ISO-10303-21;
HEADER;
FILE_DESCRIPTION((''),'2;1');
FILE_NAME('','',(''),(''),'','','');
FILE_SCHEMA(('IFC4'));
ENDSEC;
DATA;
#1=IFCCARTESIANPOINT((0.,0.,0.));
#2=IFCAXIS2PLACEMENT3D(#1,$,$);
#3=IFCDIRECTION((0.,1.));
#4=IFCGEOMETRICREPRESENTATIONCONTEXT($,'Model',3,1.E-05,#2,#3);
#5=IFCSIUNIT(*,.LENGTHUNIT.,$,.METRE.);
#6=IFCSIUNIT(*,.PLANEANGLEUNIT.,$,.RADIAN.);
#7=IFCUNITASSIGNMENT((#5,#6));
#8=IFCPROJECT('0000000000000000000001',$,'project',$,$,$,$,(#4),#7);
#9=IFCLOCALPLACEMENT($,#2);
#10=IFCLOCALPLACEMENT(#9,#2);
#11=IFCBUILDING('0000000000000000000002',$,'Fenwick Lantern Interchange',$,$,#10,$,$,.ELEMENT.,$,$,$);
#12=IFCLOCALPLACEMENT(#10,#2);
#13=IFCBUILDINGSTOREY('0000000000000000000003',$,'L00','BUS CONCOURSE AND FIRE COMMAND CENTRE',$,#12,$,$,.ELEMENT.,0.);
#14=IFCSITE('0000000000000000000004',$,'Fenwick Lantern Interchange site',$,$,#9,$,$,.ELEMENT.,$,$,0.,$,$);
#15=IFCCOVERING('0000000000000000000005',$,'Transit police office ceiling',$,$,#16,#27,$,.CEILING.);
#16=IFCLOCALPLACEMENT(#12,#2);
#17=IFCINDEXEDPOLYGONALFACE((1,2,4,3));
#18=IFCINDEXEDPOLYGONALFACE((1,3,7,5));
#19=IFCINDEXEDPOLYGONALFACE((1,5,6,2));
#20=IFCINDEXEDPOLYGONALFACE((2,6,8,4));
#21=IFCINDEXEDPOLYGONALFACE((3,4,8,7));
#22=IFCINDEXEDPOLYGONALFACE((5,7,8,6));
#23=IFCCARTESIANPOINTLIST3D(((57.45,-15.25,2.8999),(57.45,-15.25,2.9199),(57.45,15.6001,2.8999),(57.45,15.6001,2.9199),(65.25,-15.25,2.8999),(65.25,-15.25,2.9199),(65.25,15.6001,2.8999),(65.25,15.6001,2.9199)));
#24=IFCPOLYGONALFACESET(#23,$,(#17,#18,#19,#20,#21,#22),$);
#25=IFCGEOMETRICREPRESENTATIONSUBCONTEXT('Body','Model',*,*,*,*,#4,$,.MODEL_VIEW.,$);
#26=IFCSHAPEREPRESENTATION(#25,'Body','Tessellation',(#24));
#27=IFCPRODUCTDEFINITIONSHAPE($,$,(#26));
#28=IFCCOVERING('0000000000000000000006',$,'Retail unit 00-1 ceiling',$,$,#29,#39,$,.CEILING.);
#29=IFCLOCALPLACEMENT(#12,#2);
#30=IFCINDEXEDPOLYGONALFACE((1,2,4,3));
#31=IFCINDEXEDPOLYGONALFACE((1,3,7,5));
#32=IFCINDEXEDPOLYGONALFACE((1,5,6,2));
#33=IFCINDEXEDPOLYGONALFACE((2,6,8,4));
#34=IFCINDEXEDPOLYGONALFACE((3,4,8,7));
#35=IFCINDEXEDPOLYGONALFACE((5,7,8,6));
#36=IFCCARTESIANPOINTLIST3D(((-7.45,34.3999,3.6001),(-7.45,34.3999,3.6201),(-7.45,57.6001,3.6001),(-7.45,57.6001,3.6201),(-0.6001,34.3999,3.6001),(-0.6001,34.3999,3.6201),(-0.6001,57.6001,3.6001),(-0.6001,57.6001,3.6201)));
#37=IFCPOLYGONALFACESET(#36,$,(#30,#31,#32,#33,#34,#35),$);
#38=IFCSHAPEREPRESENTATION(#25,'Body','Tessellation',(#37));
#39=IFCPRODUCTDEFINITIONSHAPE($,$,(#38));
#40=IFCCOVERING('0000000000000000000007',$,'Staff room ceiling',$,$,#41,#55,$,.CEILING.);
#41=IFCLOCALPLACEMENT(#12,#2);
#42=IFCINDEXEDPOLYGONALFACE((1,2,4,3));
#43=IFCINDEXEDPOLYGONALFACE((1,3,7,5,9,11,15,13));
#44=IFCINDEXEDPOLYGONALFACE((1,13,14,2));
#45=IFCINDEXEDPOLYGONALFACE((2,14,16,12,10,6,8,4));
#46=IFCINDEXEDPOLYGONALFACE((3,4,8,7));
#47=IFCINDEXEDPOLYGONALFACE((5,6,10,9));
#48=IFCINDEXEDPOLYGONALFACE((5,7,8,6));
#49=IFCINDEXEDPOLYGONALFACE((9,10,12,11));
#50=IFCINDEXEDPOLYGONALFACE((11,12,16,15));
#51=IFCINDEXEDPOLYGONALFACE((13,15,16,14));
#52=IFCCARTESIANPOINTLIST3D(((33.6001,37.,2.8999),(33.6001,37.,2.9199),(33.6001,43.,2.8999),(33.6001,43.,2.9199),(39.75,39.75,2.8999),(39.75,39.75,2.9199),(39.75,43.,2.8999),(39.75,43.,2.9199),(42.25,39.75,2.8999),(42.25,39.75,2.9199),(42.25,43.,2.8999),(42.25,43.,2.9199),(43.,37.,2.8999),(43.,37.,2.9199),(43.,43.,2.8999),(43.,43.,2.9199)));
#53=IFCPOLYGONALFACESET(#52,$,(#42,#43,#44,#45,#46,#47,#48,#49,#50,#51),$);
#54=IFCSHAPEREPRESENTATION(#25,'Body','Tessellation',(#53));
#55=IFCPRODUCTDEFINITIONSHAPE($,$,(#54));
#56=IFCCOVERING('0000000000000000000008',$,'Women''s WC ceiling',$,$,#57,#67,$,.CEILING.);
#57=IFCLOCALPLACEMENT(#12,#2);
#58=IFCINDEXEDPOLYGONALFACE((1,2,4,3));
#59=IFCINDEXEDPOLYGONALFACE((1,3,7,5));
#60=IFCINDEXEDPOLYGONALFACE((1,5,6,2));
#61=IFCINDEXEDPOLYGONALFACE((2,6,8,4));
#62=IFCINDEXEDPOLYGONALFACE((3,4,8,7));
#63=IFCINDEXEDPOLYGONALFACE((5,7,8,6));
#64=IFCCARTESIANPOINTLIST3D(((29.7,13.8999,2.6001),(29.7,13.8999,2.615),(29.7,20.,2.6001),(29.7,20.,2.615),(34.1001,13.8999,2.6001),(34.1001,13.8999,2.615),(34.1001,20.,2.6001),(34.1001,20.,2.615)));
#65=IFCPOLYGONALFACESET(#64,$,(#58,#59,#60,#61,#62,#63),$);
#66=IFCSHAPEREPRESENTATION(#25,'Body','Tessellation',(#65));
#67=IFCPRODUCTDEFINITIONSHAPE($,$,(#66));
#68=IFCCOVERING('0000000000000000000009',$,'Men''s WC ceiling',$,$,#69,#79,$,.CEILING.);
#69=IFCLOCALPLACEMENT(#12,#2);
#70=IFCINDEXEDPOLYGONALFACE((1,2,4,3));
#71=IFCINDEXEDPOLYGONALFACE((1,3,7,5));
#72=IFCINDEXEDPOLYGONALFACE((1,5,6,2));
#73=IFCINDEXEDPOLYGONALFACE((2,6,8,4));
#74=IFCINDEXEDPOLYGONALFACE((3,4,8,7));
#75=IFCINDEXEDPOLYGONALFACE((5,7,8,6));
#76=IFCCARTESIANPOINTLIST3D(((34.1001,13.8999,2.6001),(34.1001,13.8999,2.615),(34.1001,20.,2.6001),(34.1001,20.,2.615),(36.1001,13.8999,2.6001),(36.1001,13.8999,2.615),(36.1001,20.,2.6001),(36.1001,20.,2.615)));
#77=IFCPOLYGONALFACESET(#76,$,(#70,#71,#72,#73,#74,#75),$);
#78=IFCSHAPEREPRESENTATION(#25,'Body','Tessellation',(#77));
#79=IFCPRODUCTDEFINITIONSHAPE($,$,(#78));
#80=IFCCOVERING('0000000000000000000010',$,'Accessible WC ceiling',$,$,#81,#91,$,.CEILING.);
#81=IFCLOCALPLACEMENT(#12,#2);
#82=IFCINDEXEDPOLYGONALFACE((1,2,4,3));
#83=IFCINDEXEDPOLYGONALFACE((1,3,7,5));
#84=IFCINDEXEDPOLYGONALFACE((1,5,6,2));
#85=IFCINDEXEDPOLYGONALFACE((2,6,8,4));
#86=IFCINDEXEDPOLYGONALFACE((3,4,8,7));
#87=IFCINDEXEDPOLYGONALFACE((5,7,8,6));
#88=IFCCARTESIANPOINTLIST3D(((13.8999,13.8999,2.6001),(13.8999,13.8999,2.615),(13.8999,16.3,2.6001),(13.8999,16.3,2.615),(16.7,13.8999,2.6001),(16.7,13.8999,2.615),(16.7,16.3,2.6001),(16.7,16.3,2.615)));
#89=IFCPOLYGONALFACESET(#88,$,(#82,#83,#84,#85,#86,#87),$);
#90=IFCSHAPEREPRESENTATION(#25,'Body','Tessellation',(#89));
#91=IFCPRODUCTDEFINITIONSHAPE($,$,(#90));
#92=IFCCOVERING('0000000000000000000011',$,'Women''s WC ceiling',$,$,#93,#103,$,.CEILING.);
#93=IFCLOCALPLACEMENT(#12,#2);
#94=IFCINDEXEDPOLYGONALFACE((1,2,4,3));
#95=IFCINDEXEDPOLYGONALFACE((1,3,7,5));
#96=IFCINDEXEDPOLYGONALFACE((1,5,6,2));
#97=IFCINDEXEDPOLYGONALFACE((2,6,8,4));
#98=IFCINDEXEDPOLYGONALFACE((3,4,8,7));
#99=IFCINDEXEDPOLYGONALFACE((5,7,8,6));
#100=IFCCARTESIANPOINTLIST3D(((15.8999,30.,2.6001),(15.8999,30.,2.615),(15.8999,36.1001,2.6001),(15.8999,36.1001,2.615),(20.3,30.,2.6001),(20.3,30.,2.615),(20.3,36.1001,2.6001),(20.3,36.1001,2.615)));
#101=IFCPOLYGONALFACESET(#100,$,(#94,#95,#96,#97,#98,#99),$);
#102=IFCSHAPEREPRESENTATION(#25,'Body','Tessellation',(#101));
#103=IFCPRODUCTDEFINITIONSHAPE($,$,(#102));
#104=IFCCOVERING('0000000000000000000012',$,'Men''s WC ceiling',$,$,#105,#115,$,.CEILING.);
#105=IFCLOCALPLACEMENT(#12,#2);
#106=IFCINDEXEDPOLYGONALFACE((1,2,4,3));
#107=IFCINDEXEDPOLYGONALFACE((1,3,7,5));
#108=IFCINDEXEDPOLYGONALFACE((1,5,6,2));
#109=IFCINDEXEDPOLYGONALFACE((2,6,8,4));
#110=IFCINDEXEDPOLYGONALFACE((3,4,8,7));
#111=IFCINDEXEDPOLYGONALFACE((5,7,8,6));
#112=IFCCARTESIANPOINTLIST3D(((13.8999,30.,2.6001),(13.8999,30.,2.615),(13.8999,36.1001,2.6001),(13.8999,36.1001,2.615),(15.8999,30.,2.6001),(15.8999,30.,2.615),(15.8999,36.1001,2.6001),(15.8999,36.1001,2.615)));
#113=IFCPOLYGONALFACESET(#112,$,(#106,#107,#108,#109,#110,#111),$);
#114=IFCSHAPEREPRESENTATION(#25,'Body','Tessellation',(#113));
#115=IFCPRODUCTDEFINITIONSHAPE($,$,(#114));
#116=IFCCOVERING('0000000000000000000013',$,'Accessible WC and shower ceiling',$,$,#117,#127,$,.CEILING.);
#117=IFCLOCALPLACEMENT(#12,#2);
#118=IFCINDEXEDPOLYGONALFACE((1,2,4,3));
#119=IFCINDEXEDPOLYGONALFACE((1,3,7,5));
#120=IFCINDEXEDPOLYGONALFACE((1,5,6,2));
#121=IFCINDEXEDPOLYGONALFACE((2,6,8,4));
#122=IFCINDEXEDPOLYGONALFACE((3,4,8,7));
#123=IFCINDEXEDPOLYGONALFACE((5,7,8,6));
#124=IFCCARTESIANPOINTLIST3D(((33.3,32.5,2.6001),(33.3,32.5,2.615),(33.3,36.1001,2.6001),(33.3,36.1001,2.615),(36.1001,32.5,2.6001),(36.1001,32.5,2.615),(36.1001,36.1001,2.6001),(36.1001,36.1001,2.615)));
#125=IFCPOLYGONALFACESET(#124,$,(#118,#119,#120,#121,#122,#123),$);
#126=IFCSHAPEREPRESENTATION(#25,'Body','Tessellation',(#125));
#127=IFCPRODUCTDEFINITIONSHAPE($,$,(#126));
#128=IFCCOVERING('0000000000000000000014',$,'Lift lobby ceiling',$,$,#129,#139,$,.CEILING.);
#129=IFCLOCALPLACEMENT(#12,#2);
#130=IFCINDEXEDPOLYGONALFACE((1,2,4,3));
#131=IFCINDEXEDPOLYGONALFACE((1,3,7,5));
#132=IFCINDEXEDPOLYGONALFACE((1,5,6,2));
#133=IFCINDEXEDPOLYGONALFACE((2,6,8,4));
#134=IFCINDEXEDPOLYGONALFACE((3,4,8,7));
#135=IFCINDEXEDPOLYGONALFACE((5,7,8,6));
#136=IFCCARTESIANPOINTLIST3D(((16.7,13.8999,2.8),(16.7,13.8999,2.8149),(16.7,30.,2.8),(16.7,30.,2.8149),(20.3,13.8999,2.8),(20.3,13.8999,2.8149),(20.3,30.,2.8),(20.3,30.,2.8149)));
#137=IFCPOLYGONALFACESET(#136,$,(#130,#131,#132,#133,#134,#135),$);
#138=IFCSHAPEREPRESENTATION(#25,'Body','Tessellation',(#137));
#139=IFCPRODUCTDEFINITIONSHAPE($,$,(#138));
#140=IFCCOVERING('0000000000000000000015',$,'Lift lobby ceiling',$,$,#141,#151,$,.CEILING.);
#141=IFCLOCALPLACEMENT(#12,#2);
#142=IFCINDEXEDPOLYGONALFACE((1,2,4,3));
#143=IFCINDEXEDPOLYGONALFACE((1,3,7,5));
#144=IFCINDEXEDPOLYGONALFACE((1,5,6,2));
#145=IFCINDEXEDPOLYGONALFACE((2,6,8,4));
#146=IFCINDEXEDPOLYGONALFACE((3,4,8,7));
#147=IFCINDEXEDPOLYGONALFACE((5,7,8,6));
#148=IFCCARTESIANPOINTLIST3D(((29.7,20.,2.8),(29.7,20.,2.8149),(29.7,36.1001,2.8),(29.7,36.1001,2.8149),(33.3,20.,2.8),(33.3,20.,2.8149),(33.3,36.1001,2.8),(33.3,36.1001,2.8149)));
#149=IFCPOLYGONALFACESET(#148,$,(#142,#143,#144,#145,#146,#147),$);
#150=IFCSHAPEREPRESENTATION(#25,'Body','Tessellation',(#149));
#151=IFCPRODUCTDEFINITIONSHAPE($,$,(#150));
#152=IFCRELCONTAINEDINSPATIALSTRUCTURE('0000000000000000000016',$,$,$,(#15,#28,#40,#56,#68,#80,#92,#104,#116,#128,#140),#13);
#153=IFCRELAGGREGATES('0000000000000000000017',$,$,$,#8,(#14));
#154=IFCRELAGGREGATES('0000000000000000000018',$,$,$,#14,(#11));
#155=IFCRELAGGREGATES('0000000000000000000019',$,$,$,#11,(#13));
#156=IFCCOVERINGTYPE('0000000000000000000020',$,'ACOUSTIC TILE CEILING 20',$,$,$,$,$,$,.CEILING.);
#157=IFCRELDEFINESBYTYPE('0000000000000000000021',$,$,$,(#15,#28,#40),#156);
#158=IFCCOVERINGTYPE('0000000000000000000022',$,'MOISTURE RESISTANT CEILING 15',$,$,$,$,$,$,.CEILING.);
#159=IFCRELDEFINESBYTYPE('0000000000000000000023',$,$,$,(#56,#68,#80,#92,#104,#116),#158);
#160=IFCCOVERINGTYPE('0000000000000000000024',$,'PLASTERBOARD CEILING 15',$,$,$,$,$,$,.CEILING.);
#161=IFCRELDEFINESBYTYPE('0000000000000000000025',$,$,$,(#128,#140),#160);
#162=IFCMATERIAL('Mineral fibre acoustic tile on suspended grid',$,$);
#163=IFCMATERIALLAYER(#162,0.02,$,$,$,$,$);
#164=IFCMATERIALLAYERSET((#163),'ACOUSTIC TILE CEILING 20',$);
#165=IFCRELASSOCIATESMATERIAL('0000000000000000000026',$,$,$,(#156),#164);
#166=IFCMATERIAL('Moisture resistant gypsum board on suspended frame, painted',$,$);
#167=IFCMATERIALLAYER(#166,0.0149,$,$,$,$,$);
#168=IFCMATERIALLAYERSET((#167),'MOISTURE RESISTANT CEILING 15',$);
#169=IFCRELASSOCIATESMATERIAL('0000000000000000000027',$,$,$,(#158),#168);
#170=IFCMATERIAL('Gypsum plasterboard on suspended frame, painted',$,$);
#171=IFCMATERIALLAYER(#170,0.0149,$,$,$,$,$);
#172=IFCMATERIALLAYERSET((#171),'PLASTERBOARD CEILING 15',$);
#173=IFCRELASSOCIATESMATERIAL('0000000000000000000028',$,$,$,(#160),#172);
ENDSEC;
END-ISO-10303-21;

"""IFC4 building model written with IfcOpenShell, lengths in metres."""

from ifc_helpers import new_model, si_unit, direction, frame, origin, place, context, subcontext, project, spatial, polyline, outline, extrude, material, layer, layer_set, type_object, element, save


model = new_model("IFC4")

# Units and contexts
model_context = context("Model", 3, precision=1e-05, world=origin(), true_north=direction((0.0, 1.0)))
body_context = subcontext(model_context, "Body", "Model", "MODEL_VIEW")
ifc_project = project(units=[si_unit("LENGTHUNIT", "METRE"), si_unit("PLANEANGLEUNIT", "RADIAN")], contexts=[model_context])

# Site, building, storey
site_placement = place(None, origin())
site = spatial("IfcSite", under=ifc_project, at=site_placement, Name="Fenwick Lantern Interchange site", CompositionType="ELEMENT", RefElevation=0.0)
building_placement = place(site_placement, origin())
building = spatial("IfcBuilding", under=site, at=building_placement, Name="Fenwick Lantern Interchange", CompositionType="ELEMENT")
storey_placement = place(building_placement, origin())
storey = spatial("IfcBuildingStorey", under=building, at=storey_placement, Name="L00", Description="BUS CONCOURSE AND FIRE COMMAND CENTRE", CompositionType="ELEMENT", Elevation=0.0)

# Coverings
ifc_material_1 = material(Name="Mineral fibre acoustic tile on suspended grid")
ifc_layer_1 = layer(ifc_material_1, 0.02)
ifc_layer_set_1 = layer_set([ifc_layer_1], Name="ACOUSTIC TILE CEILING 20")
covering_type_1 = type_object("IfcCoveringType", Name="ACOUSTIC TILE CEILING 20", PredefinedType="CEILING", material=ifc_layer_set_1)
covering_1_placement = place(storey_placement, frame((0.0, 0.0, 2.8999)))
element("IfcCovering", 1, at=covering_1_placement, inside=storey, type_object=covering_type_1, Name="Transit police office ceiling", PredefinedType="CEILING", context=body_context, shape_type="SweptSolid", body=[
    extrude(outline(polyline([(57.45, -15.25), (65.25, -15.25), (65.25, 15.6001), (57.45, 15.6001), (57.45, -15.25)])), origin(), (0.0, 0.0, 1.0), 0.02),
])
covering_2_placement = place(storey_placement, frame((0.0, 0.0, 3.6001)))
element("IfcCovering", 2, at=covering_2_placement, inside=storey, type_object=covering_type_1, Name="Retail unit 00-1 ceiling", PredefinedType="CEILING", context=body_context, shape_type="SweptSolid", body=[
    extrude(outline(polyline([(-7.45, 34.3999), (-0.6001, 34.3999), (-0.6001, 57.6001), (-7.45, 57.6001), (-7.45, 34.3999)])), origin(), (0.0, 0.0, 1.0), 0.02),
])
covering_3_placement = place(storey_placement, frame((0.0, 0.0, 2.8999)))
element("IfcCovering", 3, at=covering_3_placement, inside=storey, type_object=covering_type_1, Name="Staff room ceiling", PredefinedType="CEILING", context=body_context, shape_type="SweptSolid", body=[
    extrude(outline(polyline([(33.6001, 43.0), (33.6001, 37.0), (43.0, 37.0), (43.0, 43.0), (42.25, 43.0), (42.25, 39.75), (39.75, 39.75), (39.75, 43.0), (33.6001, 43.0)])), origin(), (0.0, 0.0, 1.0), 0.02),
])
ifc_material_2 = material(Name="Moisture resistant gypsum board on suspended frame, painted")
ifc_layer_2 = layer(ifc_material_2, 0.0149)
ifc_layer_set_2 = layer_set([ifc_layer_2], Name="MOISTURE RESISTANT CEILING 15")
covering_type_2 = type_object("IfcCoveringType", Name="MOISTURE RESISTANT CEILING 15", PredefinedType="CEILING", material=ifc_layer_set_2)
covering_4_placement = place(storey_placement, frame((0.0, 0.0, 2.6001)))
element("IfcCovering", 4, at=covering_4_placement, inside=storey, type_object=covering_type_2, Name="Women's WC ceiling", PredefinedType="CEILING", context=body_context, shape_type="SweptSolid", body=[
    extrude(outline(polyline([(29.7, 13.8999), (34.1001, 13.8999), (34.1001, 20.0), (29.7, 20.0), (29.7, 13.8999)])), origin(), (0.0, 0.0, 1.0), 0.0149),
])
covering_5_placement = place(storey_placement, frame((0.0, 0.0, 2.6001)))
element("IfcCovering", 5, at=covering_5_placement, inside=storey, type_object=covering_type_2, Name="Men's WC ceiling", PredefinedType="CEILING", context=body_context, shape_type="SweptSolid", body=[
    extrude(outline(polyline([(34.1001, 13.8999), (36.1001, 13.8999), (36.1001, 20.0), (34.1001, 20.0), (34.1001, 13.8999)])), origin(), (0.0, 0.0, 1.0), 0.0149),
])
covering_6_placement = place(storey_placement, frame((0.0, 0.0, 2.6001)))
element("IfcCovering", 6, at=covering_6_placement, inside=storey, type_object=covering_type_2, Name="Accessible WC ceiling", PredefinedType="CEILING", context=body_context, shape_type="SweptSolid", body=[
    extrude(outline(polyline([(13.8999, 13.8999), (16.7, 13.8999), (16.7, 16.3), (13.8999, 16.3), (13.8999, 13.8999)])), origin(), (0.0, 0.0, 1.0), 0.0149),
])
covering_7_placement = place(storey_placement, frame((0.0, 0.0, 2.6001)))
element("IfcCovering", 7, at=covering_7_placement, inside=storey, type_object=covering_type_2, Name="Women's WC ceiling", PredefinedType="CEILING", context=body_context, shape_type="SweptSolid", body=[
    extrude(outline(polyline([(20.3, 36.1001), (15.8999, 36.1001), (15.8999, 30.0), (20.3, 30.0), (20.3, 36.1001)])), origin(), (0.0, 0.0, 1.0), 0.0149),
])
covering_8_placement = place(storey_placement, frame((0.0, 0.0, 2.6001)))
element("IfcCovering", 8, at=covering_8_placement, inside=storey, type_object=covering_type_2, Name="Men's WC ceiling", PredefinedType="CEILING", context=body_context, shape_type="SweptSolid", body=[
    extrude(outline(polyline([(15.8999, 36.1001), (13.8999, 36.1001), (13.8999, 30.0), (15.8999, 30.0), (15.8999, 36.1001)])), origin(), (0.0, 0.0, 1.0), 0.0149),
])
covering_9_placement = place(storey_placement, frame((0.0, 0.0, 2.6001)))
element("IfcCovering", 9, at=covering_9_placement, inside=storey, type_object=covering_type_2, Name="Accessible WC and shower ceiling", PredefinedType="CEILING", context=body_context, shape_type="SweptSolid", body=[
    extrude(outline(polyline([(36.1001, 36.1001), (33.3, 36.1001), (33.3, 32.5), (36.1001, 32.5), (36.1001, 36.1001)])), origin(), (0.0, 0.0, 1.0), 0.0149),
])
ifc_material_3 = material(Name="Gypsum plasterboard on suspended frame, painted")
ifc_layer_3 = layer(ifc_material_3, 0.0149)
ifc_layer_set_3 = layer_set([ifc_layer_3], Name="PLASTERBOARD CEILING 15")
covering_type_3 = type_object("IfcCoveringType", Name="PLASTERBOARD CEILING 15", PredefinedType="CEILING", material=ifc_layer_set_3)
covering_10_placement = place(storey_placement, frame((0.0, 0.0, 2.8)))
element("IfcCovering", 10, at=covering_10_placement, inside=storey, type_object=covering_type_3, Name="Lift lobby ceiling", PredefinedType="CEILING", context=body_context, shape_type="SweptSolid", body=[
    extrude(outline(polyline([(16.7, 13.8999), (20.3, 13.8999), (20.3, 30.0), (16.7, 30.0), (16.7, 13.8999)])), origin(), (0.0, 0.0, 1.0), 0.0149),
])
covering_11_placement = place(storey_placement, frame((0.0, 0.0, 2.8)))
element("IfcCovering", 11, at=covering_11_placement, inside=storey, type_object=covering_type_3, Name="Lift lobby ceiling", PredefinedType="CEILING", context=body_context, shape_type="SweptSolid", body=[
    extrude(outline(polyline([(33.3, 36.1001), (29.7, 36.1001), (29.7, 20.0), (33.3, 20.0), (33.3, 36.1001)])), origin(), (0.0, 0.0, 1.0), 0.0149),
])

save(model, "model.ifc")
